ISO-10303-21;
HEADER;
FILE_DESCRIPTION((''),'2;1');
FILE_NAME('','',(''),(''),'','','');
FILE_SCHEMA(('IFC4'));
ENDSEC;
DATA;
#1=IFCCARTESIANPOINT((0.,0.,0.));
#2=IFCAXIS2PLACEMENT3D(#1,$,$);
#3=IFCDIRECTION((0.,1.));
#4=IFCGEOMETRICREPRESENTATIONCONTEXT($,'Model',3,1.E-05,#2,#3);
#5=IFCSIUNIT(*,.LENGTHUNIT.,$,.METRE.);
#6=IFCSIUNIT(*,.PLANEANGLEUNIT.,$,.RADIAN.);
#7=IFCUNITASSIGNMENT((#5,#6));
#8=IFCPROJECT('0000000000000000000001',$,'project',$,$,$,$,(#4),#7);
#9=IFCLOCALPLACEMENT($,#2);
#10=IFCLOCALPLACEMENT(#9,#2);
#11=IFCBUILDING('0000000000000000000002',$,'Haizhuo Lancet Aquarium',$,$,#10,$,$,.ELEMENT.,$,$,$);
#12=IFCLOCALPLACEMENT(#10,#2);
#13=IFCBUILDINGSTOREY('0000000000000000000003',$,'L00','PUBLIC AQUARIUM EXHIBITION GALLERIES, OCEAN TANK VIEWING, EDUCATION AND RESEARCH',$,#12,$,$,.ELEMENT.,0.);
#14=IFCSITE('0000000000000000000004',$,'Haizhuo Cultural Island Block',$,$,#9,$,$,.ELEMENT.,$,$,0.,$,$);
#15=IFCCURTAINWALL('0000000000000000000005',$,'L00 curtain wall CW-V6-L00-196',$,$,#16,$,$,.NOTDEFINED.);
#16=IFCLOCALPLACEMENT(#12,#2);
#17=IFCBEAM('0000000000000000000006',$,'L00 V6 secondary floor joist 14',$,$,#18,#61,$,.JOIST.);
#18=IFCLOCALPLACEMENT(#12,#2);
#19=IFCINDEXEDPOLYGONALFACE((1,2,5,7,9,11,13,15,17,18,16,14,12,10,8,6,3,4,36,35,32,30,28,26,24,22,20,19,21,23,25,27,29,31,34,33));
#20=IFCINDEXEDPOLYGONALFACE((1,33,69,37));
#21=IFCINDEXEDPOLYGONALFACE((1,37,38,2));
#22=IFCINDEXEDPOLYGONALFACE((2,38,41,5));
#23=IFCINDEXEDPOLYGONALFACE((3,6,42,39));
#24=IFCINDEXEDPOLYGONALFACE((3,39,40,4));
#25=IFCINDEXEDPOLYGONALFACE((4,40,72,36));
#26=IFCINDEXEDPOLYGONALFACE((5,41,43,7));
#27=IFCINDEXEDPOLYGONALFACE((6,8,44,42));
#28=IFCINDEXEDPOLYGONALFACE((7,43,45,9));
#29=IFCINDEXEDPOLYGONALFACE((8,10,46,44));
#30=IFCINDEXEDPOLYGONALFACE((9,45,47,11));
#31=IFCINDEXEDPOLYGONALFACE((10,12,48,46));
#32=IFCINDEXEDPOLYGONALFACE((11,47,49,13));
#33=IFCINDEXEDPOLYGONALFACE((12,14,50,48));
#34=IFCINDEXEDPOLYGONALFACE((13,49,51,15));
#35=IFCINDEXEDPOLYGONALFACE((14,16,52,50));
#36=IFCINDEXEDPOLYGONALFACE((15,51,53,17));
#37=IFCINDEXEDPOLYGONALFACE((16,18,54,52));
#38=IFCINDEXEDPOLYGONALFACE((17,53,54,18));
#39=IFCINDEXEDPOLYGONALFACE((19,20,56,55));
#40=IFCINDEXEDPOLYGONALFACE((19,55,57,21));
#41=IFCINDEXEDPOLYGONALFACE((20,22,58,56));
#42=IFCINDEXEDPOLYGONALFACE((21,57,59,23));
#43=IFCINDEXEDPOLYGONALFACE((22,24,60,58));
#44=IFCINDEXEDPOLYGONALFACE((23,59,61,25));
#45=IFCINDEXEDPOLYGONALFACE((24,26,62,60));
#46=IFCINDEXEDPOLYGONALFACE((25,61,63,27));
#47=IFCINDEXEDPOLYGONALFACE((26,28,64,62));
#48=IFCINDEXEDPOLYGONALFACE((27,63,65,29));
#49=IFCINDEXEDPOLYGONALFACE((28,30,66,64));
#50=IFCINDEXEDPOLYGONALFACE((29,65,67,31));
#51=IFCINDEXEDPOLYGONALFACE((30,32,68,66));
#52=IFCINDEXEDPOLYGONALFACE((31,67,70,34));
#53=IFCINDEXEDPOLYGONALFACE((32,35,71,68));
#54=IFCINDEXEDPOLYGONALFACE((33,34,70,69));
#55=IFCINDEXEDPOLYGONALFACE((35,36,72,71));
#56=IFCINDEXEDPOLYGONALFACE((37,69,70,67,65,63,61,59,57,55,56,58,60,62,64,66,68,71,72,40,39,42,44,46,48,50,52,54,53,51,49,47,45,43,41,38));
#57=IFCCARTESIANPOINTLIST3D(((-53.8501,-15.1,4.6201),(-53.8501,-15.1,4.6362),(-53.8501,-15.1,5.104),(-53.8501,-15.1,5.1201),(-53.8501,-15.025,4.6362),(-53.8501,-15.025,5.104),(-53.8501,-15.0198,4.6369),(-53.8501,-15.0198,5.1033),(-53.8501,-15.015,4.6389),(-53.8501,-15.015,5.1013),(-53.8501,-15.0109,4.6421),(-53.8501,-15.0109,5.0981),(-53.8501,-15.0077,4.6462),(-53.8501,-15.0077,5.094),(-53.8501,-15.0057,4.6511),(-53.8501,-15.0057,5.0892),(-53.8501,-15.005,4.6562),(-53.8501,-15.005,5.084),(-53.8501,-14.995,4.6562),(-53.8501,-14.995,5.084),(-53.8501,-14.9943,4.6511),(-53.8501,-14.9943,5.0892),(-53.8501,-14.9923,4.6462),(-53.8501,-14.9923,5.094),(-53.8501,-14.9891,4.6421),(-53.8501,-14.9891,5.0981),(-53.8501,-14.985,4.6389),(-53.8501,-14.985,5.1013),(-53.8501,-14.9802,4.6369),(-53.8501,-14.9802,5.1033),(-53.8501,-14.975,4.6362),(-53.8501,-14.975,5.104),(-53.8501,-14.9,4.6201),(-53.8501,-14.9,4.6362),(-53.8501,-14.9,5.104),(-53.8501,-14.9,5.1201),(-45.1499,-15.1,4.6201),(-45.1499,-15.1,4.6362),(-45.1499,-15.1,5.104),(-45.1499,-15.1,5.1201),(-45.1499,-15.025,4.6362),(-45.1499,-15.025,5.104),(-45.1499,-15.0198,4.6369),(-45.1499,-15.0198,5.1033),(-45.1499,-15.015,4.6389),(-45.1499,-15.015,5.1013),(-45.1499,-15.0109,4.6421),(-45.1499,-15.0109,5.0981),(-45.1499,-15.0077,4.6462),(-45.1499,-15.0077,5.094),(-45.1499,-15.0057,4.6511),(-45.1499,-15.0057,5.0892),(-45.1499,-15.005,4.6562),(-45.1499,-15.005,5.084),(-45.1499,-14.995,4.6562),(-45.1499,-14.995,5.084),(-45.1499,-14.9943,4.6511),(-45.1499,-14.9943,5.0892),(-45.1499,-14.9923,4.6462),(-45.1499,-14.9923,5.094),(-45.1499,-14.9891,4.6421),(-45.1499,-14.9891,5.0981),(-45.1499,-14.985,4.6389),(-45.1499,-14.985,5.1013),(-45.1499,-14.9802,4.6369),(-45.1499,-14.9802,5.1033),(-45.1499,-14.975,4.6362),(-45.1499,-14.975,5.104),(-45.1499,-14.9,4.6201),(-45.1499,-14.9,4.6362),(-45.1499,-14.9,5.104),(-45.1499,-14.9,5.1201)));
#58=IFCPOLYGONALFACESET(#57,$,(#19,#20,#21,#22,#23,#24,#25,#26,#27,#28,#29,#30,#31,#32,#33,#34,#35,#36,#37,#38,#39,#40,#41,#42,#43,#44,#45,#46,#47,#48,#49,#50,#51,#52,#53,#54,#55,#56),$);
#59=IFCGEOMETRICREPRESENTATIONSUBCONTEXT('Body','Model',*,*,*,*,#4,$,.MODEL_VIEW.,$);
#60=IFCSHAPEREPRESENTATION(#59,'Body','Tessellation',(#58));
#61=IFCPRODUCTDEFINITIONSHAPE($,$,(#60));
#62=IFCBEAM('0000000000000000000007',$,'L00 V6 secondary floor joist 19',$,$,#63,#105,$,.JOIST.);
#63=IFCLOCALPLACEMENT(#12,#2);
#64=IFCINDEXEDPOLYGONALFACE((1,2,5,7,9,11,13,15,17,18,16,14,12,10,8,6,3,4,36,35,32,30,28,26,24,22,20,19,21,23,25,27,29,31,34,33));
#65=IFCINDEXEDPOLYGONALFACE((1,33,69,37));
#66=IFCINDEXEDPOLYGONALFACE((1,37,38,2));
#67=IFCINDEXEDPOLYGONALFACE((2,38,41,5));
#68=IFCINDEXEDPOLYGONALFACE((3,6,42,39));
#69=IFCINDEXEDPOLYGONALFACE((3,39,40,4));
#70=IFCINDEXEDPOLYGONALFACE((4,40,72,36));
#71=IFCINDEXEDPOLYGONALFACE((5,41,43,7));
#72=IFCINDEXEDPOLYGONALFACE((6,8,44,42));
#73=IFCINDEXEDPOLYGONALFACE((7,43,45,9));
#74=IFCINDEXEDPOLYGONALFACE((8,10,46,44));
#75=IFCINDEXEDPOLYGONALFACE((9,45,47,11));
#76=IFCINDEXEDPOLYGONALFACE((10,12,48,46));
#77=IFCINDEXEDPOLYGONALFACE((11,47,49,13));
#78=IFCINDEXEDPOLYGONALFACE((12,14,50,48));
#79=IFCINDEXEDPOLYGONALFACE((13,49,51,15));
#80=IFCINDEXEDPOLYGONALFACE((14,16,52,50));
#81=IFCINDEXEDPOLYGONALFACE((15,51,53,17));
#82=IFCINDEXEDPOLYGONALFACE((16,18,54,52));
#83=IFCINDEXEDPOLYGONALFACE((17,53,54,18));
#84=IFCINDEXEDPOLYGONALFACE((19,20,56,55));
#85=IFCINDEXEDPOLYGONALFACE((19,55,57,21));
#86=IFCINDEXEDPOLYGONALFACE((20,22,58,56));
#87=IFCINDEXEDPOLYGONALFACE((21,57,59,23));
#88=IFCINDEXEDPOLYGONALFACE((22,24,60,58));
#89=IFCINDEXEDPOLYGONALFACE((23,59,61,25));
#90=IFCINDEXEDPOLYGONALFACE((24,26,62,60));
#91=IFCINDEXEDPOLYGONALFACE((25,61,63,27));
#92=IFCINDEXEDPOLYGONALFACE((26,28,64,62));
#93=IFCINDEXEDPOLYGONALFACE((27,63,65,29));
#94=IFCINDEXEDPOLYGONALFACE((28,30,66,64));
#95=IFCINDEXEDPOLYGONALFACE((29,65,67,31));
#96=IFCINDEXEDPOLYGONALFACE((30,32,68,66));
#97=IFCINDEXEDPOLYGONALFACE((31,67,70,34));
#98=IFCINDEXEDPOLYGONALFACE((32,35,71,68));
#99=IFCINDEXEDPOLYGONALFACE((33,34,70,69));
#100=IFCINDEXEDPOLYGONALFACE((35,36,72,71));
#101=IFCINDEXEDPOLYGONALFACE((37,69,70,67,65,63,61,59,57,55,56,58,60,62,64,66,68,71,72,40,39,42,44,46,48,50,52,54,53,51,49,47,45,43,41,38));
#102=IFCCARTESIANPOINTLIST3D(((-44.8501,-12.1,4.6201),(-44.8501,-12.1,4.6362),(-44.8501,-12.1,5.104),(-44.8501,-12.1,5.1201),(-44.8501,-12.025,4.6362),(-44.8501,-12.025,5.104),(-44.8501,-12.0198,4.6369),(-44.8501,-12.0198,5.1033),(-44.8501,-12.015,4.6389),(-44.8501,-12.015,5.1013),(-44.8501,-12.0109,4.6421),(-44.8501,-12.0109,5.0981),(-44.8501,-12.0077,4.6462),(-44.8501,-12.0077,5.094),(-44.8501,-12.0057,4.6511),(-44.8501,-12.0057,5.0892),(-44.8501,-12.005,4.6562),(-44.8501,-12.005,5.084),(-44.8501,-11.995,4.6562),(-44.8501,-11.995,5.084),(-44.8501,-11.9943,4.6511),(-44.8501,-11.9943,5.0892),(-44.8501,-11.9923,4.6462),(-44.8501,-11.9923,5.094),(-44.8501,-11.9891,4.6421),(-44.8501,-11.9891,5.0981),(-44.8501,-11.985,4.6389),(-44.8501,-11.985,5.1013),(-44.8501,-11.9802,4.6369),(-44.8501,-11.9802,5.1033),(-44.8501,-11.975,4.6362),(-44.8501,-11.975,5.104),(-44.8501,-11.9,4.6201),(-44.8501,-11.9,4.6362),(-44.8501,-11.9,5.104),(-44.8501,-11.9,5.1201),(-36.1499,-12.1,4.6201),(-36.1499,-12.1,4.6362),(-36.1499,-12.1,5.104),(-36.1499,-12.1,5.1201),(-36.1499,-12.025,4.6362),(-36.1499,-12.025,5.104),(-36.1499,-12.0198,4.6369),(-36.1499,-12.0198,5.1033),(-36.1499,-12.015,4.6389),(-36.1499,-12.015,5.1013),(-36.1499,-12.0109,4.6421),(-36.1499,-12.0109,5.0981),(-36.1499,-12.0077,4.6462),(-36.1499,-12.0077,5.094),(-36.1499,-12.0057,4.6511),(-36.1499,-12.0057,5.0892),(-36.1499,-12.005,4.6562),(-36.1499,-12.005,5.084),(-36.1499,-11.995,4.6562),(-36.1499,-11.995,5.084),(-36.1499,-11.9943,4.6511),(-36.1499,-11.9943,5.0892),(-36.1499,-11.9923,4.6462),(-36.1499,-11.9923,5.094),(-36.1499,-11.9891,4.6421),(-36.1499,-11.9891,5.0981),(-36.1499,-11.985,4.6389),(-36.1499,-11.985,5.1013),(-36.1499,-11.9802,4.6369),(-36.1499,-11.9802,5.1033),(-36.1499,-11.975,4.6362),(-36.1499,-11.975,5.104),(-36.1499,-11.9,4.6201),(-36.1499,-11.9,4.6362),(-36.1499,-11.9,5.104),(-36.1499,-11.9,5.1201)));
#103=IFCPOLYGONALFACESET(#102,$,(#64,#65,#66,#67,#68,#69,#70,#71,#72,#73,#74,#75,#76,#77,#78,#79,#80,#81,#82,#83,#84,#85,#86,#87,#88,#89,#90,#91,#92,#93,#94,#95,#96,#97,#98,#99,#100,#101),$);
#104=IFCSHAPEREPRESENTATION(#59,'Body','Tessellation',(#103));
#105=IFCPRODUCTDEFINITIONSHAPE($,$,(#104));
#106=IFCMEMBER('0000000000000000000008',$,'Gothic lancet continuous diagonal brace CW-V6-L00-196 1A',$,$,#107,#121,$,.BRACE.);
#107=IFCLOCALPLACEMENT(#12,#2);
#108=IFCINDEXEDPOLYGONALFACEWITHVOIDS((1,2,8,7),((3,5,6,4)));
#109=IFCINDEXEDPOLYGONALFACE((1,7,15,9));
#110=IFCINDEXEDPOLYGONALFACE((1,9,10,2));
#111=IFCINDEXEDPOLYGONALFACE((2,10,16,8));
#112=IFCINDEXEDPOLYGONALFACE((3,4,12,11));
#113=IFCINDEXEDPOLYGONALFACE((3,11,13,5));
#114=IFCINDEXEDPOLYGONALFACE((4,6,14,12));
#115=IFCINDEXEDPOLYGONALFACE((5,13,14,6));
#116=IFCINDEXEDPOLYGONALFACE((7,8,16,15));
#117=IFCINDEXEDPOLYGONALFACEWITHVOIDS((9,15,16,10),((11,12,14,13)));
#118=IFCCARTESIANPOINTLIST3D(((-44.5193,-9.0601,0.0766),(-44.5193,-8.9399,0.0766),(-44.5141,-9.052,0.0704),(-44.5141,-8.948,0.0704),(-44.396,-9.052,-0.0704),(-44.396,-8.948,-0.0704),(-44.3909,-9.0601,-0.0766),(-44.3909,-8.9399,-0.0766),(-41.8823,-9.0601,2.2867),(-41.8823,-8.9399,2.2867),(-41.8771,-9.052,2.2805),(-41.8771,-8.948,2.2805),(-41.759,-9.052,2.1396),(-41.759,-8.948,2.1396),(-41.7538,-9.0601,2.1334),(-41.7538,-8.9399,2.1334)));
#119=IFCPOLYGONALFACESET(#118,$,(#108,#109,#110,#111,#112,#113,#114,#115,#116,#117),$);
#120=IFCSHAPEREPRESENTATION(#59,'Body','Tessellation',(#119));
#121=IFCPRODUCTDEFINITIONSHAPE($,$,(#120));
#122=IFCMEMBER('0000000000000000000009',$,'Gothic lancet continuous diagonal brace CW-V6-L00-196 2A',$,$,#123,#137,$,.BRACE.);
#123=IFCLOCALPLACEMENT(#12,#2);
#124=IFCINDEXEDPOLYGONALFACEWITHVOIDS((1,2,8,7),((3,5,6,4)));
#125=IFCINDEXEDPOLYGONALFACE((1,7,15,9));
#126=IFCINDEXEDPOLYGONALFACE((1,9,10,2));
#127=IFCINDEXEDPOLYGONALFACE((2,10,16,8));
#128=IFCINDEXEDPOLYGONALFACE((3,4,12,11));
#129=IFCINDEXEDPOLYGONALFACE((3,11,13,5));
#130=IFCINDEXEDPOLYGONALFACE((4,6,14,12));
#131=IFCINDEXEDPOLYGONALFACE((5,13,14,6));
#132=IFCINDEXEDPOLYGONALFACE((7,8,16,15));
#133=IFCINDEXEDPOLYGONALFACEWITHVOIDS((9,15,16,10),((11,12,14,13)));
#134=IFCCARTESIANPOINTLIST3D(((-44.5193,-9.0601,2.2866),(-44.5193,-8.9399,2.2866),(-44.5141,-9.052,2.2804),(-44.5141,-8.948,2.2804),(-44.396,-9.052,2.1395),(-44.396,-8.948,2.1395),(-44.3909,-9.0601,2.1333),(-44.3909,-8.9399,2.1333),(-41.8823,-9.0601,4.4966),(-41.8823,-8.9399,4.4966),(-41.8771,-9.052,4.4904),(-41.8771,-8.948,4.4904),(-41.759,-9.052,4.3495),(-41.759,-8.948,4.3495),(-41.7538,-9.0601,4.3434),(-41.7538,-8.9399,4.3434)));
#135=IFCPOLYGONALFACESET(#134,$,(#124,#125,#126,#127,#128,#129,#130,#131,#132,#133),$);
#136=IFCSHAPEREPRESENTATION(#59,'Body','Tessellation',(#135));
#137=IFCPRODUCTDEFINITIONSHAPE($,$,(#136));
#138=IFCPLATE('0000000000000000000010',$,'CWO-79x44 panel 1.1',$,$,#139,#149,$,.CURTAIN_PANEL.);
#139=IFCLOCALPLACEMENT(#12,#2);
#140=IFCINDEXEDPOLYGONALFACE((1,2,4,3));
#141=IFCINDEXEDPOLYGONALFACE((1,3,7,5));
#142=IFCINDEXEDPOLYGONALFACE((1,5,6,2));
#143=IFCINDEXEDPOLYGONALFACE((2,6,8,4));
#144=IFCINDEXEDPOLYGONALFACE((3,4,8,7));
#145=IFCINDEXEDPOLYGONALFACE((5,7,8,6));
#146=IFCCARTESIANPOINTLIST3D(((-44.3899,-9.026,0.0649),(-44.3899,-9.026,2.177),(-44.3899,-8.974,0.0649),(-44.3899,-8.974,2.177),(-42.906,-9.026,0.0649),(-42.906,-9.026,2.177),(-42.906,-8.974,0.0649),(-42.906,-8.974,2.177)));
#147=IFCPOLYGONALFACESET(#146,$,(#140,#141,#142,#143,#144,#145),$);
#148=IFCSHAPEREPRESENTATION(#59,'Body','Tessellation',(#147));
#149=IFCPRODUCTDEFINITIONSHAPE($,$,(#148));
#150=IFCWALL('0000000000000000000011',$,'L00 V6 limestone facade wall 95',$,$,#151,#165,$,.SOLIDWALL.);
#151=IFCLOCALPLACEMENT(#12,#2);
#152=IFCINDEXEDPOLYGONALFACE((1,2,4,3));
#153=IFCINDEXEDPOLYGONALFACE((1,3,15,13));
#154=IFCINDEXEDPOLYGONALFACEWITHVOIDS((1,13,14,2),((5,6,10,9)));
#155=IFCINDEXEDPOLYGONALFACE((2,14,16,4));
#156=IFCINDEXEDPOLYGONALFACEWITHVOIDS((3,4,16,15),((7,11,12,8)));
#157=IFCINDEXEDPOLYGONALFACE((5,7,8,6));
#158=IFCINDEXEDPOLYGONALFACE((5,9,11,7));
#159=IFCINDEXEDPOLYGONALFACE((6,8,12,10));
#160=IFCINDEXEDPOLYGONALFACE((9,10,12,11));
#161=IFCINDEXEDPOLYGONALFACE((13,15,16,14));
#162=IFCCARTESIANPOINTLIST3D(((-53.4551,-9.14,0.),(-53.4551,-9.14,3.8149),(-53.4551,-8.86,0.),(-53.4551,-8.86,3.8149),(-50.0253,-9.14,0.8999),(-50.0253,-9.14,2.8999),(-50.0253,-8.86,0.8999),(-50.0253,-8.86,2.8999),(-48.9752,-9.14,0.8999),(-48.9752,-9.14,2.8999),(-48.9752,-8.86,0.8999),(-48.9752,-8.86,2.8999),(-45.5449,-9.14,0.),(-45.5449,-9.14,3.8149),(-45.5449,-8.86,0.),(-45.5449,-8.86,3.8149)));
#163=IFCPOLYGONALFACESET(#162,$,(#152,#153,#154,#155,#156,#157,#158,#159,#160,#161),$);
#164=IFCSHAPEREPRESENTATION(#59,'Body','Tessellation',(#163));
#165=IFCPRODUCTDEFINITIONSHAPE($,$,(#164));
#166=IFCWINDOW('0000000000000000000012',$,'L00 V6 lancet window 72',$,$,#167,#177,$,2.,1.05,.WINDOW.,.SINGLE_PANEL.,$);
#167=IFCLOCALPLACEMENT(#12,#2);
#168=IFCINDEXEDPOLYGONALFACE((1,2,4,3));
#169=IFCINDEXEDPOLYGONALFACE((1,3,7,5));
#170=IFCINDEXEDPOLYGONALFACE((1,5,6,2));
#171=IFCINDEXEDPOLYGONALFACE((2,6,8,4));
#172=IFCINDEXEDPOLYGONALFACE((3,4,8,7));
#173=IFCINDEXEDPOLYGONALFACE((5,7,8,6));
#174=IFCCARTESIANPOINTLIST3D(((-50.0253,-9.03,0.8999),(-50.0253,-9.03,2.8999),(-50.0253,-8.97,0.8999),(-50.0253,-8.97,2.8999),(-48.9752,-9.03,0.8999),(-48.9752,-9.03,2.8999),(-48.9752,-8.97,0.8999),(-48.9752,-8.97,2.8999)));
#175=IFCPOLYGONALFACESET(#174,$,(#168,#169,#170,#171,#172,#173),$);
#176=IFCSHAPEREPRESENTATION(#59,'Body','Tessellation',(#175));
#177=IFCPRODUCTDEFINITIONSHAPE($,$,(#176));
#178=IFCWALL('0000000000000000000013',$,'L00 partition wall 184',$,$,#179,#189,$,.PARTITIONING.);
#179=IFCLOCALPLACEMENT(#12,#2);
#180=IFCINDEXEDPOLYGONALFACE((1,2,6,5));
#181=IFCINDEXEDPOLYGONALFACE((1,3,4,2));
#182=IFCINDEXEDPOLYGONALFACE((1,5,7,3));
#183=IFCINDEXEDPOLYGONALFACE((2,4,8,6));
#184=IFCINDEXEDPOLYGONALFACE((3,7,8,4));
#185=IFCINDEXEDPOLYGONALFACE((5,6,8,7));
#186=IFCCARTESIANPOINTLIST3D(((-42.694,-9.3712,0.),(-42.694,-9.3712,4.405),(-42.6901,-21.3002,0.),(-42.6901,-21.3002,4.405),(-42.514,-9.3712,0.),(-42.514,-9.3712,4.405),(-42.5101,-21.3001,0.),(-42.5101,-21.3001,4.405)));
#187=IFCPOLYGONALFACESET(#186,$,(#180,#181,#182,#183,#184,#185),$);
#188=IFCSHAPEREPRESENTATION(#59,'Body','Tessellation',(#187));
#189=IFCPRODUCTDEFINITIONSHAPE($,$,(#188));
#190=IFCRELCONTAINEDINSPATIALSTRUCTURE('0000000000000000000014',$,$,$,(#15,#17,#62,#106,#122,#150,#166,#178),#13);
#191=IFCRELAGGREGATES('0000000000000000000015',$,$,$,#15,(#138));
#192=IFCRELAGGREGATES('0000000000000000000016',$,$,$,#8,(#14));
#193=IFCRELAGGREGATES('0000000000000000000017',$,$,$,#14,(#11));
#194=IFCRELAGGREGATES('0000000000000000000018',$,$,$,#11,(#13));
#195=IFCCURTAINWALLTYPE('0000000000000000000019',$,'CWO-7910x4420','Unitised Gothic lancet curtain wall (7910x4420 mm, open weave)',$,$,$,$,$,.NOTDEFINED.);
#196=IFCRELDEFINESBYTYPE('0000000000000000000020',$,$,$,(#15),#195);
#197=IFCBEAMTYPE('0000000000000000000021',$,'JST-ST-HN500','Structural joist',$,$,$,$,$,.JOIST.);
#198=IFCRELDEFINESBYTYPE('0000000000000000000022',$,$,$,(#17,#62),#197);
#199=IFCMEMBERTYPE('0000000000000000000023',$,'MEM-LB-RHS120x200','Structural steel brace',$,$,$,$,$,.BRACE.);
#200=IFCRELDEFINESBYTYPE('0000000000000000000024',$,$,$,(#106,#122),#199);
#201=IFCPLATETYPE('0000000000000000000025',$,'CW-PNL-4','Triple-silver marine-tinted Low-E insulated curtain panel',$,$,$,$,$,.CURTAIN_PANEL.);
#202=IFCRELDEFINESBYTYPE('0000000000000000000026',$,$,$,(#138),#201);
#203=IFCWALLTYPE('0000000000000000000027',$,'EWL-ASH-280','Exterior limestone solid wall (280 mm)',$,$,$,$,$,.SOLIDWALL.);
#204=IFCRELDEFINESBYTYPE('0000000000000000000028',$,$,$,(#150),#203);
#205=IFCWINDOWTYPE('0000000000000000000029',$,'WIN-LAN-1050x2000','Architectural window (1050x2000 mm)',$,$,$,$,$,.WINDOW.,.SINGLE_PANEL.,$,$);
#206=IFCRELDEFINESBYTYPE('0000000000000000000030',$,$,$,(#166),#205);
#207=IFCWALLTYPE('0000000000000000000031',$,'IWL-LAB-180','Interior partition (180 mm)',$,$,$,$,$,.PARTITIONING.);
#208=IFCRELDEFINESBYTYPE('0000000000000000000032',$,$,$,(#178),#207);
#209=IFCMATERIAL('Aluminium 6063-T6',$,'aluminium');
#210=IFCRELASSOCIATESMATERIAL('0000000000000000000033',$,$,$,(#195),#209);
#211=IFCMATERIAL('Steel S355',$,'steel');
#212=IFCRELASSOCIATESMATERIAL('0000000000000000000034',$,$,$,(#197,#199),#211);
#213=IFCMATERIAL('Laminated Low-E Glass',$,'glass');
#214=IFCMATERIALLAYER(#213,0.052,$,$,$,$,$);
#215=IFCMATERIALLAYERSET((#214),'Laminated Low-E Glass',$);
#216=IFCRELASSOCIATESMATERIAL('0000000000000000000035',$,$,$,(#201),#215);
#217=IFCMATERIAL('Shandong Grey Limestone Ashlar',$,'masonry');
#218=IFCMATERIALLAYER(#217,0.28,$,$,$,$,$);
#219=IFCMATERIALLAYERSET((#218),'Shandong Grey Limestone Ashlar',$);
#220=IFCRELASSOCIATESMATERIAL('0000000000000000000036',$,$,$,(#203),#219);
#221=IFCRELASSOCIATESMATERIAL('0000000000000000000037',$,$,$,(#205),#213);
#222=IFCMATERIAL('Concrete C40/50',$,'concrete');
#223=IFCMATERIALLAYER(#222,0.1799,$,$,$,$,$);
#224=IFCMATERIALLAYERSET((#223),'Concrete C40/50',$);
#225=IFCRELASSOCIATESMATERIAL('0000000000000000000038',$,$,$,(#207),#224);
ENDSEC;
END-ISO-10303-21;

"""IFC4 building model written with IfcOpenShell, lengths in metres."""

from ifc_helpers import new_model, si_unit, direction, frame, frame_2d, origin, origin_2d, place, context, subcontext, project, spatial, rectangle, hollow_rectangle, i_section, extrude, material, layer, layer_set, material_profile, profile_set, type_object, element, fill, aggregate, save


model = new_model("IFC4")

# Units and contexts
model_context = context("Model", 3, precision=1e-05, world=origin(), true_north=direction((0.0, 1.0)))
body_context = subcontext(model_context, "Body", "Model", "MODEL_VIEW")
ifc_project = project(units=[si_unit("LENGTHUNIT", "METRE"), si_unit("PLANEANGLEUNIT", "RADIAN")], contexts=[model_context])

# Site, building, storey
site_placement = place(None, origin())
site = spatial("IfcSite", under=ifc_project, at=site_placement, Name="Haizhuo Cultural Island Block", CompositionType="ELEMENT", RefElevation=0.0)
building_placement = place(site_placement, origin())
building = spatial("IfcBuilding", under=site, at=building_placement, Name="Haizhuo Lancet Aquarium", CompositionType="ELEMENT")
storey_placement = place(building_placement, origin())
storey = spatial("IfcBuildingStorey", under=building, at=storey_placement, Name="L00", Description="PUBLIC AQUARIUM EXHIBITION GALLERIES, OCEAN TANK VIEWING, EDUCATION AND RESEARCH", CompositionType="ELEMENT", Elevation=0.0)

# Shared definitions
ifc_material_1 = material(Name="Steel S355", Category="steel")

# Curtain wall
ifc_material_2 = material(Name="Aluminium 6063-T6", Category="aluminium")
curtain_wall_type = type_object("IfcCurtainWallType", Name="CWO-7910x4420", Description="Unitised Gothic lancet curtain wall (7910x4420 mm, open weave)", PredefinedType="NOTDEFINED", material=ifc_material_2)
curtain_wall_placement = place(storey_placement, origin())
curtain_wall = element("IfcCurtainWall", 1, at=curtain_wall_placement, inside=storey, type_object=curtain_wall_type, Name="L00 curtain wall CW-V6-L00-196", PredefinedType="NOTDEFINED")

# Beams
ifc_material_profile_1 = material_profile(ifc_material_1, i_section(OverallWidth=0.2, OverallDepth=0.5, WebThickness=0.01, FlangeThickness=0.0161, FilletRadius=0.02, at=origin_2d()), Name="HN 500x200x10x16")
ifc_profile_set_1 = profile_set([ifc_material_profile_1], Name="Steel S355")
beam_type_1 = type_object("IfcBeamType", Name="JST-ST-HN500", Description="Structural joist", PredefinedType="JOIST", material=ifc_profile_set_1)
for number, where, z_axis, x_axis, name in (
    (2, (-53.8501, -15.0, 4.8701), (1.0, 0.0, 0.0), (0.0, 1.0, 0.0), "L00 V6 secondary floor joist 14"),
    (3, (-44.8501, -12.0, 4.8701), (1.0, 0.0, 0.0), (0.0, 1.0, 0.0), "L00 V6 secondary floor joist 19"),
):
    element("IfcBeam", number, at=place(storey_placement, frame(where, z_axis=z_axis, x_axis=x_axis)), inside=storey, type_object=beam_type_1, Name=name, PredefinedType="JOIST", context=body_context, shape_type="SweptSolid", body=[
        extrude(i_section(OverallWidth=0.2, OverallDepth=0.5, WebThickness=0.01, FlangeThickness=0.0161, FilletRadius=0.02, at=origin_2d()), origin(), (0.0, 0.0, 1.0), 8.7002),
    ])

# Members
ifc_material_profile_2 = material_profile(ifc_material_1, hollow_rectangle(XDim=0.1201, YDim=0.2, WallThickness=0.0081, at=origin_2d()), Name="RHS 120x200x8")
ifc_profile_set_2 = profile_set([ifc_material_profile_2], Name="Steel S355")
member_type_1 = type_object("IfcMemberType", Name="MEM-LB-RHS120x200", Description="Structural steel brace", PredefinedType="BRACE", material=ifc_profile_set_2)
for number, where, z_axis, x_axis, name in (
    (4, (-44.4551, -9.0, 0.0), (0.766433, 0.0, 0.642325), (0.0, 1.0, 0.0), "Gothic lancet continuous diagonal brace CW-V6-L00-196 1A"),
    (5, (-44.4551, -9.0, 2.21), (0.766433, 0.0, 0.642325), (0.0, 1.0, 0.0), "Gothic lancet continuous diagonal brace CW-V6-L00-196 2A"),
):
    element("IfcMember", number, at=place(storey_placement, frame(where, z_axis=z_axis, x_axis=x_axis)), inside=storey, type_object=member_type_1, Name=name, PredefinedType="BRACE", context=body_context, shape_type="SweptSolid", body=[
        extrude(hollow_rectangle(XDim=0.1201, YDim=0.2, WallThickness=0.0081, at=origin_2d()), origin(), (0.0, 0.0, 1.0), 3.4407),
    ])

# Plate
ifc_material_3 = material(Name="Laminated Low-E Glass", Category="glass")
ifc_layer_1 = layer(ifc_material_3, 0.052)
ifc_layer_set_1 = layer_set([ifc_layer_1], Name="Laminated Low-E Glass")
plate_type = type_object("IfcPlateType", Name="CW-PNL-4", Description="Triple-silver marine-tinted Low-E insulated curtain panel", PredefinedType="CURTAIN_PANEL", material=ifc_layer_set_1)
plate_placement = place(storey_placement, frame((-43.6479, -9.0, 0.0649), z_axis=(0.0, 0.0, 1.0), x_axis=(1.0, 0.0, 0.0)))
plate = element("IfcPlate", 6, at=plate_placement, type_object=plate_type, Name="CWO-79x44 panel 1.1", PredefinedType="CURTAIN_PANEL", context=body_context, shape_type="SweptSolid", body=[
    extrude(rectangle(XDim=1.4839, YDim=0.052, at=origin_2d()), origin(), (0.0, 0.0, 1.0), 2.1121),
])
aggregate(curtain_wall, [plate])

# Wall, opening, window
ifc_material_4 = material(Name="Shandong Grey Limestone Ashlar", Category="masonry")
ifc_layer_2 = layer(ifc_material_4, 0.28)
ifc_layer_set_2 = layer_set([ifc_layer_2], Name="Shandong Grey Limestone Ashlar")
wall_type_1 = type_object("IfcWallType", Name="EWL-ASH-280", Description="Exterior limestone solid wall (280 mm)", PredefinedType="SOLIDWALL", material=ifc_layer_set_2)
wall_1_placement = place(storey_placement, frame((-53.4551, -9.0, 0.0), z_axis=(0.0, 0.0, 1.0), x_axis=(1.0, 0.0, 0.0)))
wall_1 = element("IfcWall", 7, at=wall_1_placement, inside=storey, type_object=wall_type_1, Name="L00 V6 limestone facade wall 95", PredefinedType="SOLIDWALL", context=body_context, shape_type="SweptSolid", body=[
    extrude(rectangle(XDim=7.9102, YDim=0.28, at=frame_2d((3.9551, 0.0))), origin(), (0.0, 0.0, 1.0), 3.8149),
])
opening_1_placement = place(wall_1_placement, frame((3.4299, 0.0, 0.8999)))
opening_1 = element("IfcOpeningElement", 8, at=opening_1_placement, cuts=wall_1, PredefinedType="OPENING", context=body_context, shape_type="SweptSolid", body=[
    extrude(rectangle(XDim=1.05, YDim=2.0, at=frame_2d((0.5249, 1.0))), frame((0.0, 0.1499, 0.0), z_axis=(0.0, -1.0, 0.0), x_axis=(1.0, 0.0, 0.0)), (0.0, 0.0, 1.0), 0.3),
])
window_type = type_object("IfcWindowType", Name="WIN-LAN-1050x2000", Description="Architectural window (1050x2000 mm)", PartitioningType="SINGLE_PANEL", PredefinedType="WINDOW", material=ifc_material_3)
window_placement = place(opening_1_placement, origin())
window = element("IfcWindow", 9, at=window_placement, inside=storey, type_object=window_type, Name="L00 V6 lancet window 72", OverallHeight=2.0, OverallWidth=1.05, PartitioningType="SINGLE_PANEL", PredefinedType="WINDOW", context=body_context, shape_type="SweptSolid", body=[
    extrude(rectangle(XDim=1.05, YDim=2.0, at=frame_2d((0.5249, 1.0))), frame((0.0, 0.03, 0.0), z_axis=(0.0, -1.0, 0.0), x_axis=(1.0, 0.0, 0.0)), (0.0, 0.0, 1.0), 0.0601),
])
fill(opening_1, window)

# Wall
ifc_material_5 = material(Name="Concrete C40/50", Category="concrete")
ifc_layer_3 = layer(ifc_material_5, 0.1799)
ifc_layer_set_3 = layer_set([ifc_layer_3], Name="Concrete C40/50")
wall_type_2 = type_object("IfcWallType", Name="IWL-LAB-180", Description="Interior partition (180 mm)", PredefinedType="PARTITIONING", material=ifc_layer_set_3)
wall_2_placement = place(storey_placement, frame((-42.6001, -21.3, 0.0), z_axis=(0.0, 0.0, 1.0), x_axis=(-0.000327, 1.0, 0.0)))
element("IfcWall", 10, at=wall_2_placement, inside=storey, type_object=wall_type_2, Name="L00 partition wall 184", PredefinedType="PARTITIONING", context=body_context, shape_type="SweptSolid", body=[
    extrude(rectangle(XDim=11.929, YDim=0.1799, at=frame_2d((5.9644, 0.0))), origin(), (0.0, 0.0, 1.0), 4.405),
])

save(model, "model.ifc")
